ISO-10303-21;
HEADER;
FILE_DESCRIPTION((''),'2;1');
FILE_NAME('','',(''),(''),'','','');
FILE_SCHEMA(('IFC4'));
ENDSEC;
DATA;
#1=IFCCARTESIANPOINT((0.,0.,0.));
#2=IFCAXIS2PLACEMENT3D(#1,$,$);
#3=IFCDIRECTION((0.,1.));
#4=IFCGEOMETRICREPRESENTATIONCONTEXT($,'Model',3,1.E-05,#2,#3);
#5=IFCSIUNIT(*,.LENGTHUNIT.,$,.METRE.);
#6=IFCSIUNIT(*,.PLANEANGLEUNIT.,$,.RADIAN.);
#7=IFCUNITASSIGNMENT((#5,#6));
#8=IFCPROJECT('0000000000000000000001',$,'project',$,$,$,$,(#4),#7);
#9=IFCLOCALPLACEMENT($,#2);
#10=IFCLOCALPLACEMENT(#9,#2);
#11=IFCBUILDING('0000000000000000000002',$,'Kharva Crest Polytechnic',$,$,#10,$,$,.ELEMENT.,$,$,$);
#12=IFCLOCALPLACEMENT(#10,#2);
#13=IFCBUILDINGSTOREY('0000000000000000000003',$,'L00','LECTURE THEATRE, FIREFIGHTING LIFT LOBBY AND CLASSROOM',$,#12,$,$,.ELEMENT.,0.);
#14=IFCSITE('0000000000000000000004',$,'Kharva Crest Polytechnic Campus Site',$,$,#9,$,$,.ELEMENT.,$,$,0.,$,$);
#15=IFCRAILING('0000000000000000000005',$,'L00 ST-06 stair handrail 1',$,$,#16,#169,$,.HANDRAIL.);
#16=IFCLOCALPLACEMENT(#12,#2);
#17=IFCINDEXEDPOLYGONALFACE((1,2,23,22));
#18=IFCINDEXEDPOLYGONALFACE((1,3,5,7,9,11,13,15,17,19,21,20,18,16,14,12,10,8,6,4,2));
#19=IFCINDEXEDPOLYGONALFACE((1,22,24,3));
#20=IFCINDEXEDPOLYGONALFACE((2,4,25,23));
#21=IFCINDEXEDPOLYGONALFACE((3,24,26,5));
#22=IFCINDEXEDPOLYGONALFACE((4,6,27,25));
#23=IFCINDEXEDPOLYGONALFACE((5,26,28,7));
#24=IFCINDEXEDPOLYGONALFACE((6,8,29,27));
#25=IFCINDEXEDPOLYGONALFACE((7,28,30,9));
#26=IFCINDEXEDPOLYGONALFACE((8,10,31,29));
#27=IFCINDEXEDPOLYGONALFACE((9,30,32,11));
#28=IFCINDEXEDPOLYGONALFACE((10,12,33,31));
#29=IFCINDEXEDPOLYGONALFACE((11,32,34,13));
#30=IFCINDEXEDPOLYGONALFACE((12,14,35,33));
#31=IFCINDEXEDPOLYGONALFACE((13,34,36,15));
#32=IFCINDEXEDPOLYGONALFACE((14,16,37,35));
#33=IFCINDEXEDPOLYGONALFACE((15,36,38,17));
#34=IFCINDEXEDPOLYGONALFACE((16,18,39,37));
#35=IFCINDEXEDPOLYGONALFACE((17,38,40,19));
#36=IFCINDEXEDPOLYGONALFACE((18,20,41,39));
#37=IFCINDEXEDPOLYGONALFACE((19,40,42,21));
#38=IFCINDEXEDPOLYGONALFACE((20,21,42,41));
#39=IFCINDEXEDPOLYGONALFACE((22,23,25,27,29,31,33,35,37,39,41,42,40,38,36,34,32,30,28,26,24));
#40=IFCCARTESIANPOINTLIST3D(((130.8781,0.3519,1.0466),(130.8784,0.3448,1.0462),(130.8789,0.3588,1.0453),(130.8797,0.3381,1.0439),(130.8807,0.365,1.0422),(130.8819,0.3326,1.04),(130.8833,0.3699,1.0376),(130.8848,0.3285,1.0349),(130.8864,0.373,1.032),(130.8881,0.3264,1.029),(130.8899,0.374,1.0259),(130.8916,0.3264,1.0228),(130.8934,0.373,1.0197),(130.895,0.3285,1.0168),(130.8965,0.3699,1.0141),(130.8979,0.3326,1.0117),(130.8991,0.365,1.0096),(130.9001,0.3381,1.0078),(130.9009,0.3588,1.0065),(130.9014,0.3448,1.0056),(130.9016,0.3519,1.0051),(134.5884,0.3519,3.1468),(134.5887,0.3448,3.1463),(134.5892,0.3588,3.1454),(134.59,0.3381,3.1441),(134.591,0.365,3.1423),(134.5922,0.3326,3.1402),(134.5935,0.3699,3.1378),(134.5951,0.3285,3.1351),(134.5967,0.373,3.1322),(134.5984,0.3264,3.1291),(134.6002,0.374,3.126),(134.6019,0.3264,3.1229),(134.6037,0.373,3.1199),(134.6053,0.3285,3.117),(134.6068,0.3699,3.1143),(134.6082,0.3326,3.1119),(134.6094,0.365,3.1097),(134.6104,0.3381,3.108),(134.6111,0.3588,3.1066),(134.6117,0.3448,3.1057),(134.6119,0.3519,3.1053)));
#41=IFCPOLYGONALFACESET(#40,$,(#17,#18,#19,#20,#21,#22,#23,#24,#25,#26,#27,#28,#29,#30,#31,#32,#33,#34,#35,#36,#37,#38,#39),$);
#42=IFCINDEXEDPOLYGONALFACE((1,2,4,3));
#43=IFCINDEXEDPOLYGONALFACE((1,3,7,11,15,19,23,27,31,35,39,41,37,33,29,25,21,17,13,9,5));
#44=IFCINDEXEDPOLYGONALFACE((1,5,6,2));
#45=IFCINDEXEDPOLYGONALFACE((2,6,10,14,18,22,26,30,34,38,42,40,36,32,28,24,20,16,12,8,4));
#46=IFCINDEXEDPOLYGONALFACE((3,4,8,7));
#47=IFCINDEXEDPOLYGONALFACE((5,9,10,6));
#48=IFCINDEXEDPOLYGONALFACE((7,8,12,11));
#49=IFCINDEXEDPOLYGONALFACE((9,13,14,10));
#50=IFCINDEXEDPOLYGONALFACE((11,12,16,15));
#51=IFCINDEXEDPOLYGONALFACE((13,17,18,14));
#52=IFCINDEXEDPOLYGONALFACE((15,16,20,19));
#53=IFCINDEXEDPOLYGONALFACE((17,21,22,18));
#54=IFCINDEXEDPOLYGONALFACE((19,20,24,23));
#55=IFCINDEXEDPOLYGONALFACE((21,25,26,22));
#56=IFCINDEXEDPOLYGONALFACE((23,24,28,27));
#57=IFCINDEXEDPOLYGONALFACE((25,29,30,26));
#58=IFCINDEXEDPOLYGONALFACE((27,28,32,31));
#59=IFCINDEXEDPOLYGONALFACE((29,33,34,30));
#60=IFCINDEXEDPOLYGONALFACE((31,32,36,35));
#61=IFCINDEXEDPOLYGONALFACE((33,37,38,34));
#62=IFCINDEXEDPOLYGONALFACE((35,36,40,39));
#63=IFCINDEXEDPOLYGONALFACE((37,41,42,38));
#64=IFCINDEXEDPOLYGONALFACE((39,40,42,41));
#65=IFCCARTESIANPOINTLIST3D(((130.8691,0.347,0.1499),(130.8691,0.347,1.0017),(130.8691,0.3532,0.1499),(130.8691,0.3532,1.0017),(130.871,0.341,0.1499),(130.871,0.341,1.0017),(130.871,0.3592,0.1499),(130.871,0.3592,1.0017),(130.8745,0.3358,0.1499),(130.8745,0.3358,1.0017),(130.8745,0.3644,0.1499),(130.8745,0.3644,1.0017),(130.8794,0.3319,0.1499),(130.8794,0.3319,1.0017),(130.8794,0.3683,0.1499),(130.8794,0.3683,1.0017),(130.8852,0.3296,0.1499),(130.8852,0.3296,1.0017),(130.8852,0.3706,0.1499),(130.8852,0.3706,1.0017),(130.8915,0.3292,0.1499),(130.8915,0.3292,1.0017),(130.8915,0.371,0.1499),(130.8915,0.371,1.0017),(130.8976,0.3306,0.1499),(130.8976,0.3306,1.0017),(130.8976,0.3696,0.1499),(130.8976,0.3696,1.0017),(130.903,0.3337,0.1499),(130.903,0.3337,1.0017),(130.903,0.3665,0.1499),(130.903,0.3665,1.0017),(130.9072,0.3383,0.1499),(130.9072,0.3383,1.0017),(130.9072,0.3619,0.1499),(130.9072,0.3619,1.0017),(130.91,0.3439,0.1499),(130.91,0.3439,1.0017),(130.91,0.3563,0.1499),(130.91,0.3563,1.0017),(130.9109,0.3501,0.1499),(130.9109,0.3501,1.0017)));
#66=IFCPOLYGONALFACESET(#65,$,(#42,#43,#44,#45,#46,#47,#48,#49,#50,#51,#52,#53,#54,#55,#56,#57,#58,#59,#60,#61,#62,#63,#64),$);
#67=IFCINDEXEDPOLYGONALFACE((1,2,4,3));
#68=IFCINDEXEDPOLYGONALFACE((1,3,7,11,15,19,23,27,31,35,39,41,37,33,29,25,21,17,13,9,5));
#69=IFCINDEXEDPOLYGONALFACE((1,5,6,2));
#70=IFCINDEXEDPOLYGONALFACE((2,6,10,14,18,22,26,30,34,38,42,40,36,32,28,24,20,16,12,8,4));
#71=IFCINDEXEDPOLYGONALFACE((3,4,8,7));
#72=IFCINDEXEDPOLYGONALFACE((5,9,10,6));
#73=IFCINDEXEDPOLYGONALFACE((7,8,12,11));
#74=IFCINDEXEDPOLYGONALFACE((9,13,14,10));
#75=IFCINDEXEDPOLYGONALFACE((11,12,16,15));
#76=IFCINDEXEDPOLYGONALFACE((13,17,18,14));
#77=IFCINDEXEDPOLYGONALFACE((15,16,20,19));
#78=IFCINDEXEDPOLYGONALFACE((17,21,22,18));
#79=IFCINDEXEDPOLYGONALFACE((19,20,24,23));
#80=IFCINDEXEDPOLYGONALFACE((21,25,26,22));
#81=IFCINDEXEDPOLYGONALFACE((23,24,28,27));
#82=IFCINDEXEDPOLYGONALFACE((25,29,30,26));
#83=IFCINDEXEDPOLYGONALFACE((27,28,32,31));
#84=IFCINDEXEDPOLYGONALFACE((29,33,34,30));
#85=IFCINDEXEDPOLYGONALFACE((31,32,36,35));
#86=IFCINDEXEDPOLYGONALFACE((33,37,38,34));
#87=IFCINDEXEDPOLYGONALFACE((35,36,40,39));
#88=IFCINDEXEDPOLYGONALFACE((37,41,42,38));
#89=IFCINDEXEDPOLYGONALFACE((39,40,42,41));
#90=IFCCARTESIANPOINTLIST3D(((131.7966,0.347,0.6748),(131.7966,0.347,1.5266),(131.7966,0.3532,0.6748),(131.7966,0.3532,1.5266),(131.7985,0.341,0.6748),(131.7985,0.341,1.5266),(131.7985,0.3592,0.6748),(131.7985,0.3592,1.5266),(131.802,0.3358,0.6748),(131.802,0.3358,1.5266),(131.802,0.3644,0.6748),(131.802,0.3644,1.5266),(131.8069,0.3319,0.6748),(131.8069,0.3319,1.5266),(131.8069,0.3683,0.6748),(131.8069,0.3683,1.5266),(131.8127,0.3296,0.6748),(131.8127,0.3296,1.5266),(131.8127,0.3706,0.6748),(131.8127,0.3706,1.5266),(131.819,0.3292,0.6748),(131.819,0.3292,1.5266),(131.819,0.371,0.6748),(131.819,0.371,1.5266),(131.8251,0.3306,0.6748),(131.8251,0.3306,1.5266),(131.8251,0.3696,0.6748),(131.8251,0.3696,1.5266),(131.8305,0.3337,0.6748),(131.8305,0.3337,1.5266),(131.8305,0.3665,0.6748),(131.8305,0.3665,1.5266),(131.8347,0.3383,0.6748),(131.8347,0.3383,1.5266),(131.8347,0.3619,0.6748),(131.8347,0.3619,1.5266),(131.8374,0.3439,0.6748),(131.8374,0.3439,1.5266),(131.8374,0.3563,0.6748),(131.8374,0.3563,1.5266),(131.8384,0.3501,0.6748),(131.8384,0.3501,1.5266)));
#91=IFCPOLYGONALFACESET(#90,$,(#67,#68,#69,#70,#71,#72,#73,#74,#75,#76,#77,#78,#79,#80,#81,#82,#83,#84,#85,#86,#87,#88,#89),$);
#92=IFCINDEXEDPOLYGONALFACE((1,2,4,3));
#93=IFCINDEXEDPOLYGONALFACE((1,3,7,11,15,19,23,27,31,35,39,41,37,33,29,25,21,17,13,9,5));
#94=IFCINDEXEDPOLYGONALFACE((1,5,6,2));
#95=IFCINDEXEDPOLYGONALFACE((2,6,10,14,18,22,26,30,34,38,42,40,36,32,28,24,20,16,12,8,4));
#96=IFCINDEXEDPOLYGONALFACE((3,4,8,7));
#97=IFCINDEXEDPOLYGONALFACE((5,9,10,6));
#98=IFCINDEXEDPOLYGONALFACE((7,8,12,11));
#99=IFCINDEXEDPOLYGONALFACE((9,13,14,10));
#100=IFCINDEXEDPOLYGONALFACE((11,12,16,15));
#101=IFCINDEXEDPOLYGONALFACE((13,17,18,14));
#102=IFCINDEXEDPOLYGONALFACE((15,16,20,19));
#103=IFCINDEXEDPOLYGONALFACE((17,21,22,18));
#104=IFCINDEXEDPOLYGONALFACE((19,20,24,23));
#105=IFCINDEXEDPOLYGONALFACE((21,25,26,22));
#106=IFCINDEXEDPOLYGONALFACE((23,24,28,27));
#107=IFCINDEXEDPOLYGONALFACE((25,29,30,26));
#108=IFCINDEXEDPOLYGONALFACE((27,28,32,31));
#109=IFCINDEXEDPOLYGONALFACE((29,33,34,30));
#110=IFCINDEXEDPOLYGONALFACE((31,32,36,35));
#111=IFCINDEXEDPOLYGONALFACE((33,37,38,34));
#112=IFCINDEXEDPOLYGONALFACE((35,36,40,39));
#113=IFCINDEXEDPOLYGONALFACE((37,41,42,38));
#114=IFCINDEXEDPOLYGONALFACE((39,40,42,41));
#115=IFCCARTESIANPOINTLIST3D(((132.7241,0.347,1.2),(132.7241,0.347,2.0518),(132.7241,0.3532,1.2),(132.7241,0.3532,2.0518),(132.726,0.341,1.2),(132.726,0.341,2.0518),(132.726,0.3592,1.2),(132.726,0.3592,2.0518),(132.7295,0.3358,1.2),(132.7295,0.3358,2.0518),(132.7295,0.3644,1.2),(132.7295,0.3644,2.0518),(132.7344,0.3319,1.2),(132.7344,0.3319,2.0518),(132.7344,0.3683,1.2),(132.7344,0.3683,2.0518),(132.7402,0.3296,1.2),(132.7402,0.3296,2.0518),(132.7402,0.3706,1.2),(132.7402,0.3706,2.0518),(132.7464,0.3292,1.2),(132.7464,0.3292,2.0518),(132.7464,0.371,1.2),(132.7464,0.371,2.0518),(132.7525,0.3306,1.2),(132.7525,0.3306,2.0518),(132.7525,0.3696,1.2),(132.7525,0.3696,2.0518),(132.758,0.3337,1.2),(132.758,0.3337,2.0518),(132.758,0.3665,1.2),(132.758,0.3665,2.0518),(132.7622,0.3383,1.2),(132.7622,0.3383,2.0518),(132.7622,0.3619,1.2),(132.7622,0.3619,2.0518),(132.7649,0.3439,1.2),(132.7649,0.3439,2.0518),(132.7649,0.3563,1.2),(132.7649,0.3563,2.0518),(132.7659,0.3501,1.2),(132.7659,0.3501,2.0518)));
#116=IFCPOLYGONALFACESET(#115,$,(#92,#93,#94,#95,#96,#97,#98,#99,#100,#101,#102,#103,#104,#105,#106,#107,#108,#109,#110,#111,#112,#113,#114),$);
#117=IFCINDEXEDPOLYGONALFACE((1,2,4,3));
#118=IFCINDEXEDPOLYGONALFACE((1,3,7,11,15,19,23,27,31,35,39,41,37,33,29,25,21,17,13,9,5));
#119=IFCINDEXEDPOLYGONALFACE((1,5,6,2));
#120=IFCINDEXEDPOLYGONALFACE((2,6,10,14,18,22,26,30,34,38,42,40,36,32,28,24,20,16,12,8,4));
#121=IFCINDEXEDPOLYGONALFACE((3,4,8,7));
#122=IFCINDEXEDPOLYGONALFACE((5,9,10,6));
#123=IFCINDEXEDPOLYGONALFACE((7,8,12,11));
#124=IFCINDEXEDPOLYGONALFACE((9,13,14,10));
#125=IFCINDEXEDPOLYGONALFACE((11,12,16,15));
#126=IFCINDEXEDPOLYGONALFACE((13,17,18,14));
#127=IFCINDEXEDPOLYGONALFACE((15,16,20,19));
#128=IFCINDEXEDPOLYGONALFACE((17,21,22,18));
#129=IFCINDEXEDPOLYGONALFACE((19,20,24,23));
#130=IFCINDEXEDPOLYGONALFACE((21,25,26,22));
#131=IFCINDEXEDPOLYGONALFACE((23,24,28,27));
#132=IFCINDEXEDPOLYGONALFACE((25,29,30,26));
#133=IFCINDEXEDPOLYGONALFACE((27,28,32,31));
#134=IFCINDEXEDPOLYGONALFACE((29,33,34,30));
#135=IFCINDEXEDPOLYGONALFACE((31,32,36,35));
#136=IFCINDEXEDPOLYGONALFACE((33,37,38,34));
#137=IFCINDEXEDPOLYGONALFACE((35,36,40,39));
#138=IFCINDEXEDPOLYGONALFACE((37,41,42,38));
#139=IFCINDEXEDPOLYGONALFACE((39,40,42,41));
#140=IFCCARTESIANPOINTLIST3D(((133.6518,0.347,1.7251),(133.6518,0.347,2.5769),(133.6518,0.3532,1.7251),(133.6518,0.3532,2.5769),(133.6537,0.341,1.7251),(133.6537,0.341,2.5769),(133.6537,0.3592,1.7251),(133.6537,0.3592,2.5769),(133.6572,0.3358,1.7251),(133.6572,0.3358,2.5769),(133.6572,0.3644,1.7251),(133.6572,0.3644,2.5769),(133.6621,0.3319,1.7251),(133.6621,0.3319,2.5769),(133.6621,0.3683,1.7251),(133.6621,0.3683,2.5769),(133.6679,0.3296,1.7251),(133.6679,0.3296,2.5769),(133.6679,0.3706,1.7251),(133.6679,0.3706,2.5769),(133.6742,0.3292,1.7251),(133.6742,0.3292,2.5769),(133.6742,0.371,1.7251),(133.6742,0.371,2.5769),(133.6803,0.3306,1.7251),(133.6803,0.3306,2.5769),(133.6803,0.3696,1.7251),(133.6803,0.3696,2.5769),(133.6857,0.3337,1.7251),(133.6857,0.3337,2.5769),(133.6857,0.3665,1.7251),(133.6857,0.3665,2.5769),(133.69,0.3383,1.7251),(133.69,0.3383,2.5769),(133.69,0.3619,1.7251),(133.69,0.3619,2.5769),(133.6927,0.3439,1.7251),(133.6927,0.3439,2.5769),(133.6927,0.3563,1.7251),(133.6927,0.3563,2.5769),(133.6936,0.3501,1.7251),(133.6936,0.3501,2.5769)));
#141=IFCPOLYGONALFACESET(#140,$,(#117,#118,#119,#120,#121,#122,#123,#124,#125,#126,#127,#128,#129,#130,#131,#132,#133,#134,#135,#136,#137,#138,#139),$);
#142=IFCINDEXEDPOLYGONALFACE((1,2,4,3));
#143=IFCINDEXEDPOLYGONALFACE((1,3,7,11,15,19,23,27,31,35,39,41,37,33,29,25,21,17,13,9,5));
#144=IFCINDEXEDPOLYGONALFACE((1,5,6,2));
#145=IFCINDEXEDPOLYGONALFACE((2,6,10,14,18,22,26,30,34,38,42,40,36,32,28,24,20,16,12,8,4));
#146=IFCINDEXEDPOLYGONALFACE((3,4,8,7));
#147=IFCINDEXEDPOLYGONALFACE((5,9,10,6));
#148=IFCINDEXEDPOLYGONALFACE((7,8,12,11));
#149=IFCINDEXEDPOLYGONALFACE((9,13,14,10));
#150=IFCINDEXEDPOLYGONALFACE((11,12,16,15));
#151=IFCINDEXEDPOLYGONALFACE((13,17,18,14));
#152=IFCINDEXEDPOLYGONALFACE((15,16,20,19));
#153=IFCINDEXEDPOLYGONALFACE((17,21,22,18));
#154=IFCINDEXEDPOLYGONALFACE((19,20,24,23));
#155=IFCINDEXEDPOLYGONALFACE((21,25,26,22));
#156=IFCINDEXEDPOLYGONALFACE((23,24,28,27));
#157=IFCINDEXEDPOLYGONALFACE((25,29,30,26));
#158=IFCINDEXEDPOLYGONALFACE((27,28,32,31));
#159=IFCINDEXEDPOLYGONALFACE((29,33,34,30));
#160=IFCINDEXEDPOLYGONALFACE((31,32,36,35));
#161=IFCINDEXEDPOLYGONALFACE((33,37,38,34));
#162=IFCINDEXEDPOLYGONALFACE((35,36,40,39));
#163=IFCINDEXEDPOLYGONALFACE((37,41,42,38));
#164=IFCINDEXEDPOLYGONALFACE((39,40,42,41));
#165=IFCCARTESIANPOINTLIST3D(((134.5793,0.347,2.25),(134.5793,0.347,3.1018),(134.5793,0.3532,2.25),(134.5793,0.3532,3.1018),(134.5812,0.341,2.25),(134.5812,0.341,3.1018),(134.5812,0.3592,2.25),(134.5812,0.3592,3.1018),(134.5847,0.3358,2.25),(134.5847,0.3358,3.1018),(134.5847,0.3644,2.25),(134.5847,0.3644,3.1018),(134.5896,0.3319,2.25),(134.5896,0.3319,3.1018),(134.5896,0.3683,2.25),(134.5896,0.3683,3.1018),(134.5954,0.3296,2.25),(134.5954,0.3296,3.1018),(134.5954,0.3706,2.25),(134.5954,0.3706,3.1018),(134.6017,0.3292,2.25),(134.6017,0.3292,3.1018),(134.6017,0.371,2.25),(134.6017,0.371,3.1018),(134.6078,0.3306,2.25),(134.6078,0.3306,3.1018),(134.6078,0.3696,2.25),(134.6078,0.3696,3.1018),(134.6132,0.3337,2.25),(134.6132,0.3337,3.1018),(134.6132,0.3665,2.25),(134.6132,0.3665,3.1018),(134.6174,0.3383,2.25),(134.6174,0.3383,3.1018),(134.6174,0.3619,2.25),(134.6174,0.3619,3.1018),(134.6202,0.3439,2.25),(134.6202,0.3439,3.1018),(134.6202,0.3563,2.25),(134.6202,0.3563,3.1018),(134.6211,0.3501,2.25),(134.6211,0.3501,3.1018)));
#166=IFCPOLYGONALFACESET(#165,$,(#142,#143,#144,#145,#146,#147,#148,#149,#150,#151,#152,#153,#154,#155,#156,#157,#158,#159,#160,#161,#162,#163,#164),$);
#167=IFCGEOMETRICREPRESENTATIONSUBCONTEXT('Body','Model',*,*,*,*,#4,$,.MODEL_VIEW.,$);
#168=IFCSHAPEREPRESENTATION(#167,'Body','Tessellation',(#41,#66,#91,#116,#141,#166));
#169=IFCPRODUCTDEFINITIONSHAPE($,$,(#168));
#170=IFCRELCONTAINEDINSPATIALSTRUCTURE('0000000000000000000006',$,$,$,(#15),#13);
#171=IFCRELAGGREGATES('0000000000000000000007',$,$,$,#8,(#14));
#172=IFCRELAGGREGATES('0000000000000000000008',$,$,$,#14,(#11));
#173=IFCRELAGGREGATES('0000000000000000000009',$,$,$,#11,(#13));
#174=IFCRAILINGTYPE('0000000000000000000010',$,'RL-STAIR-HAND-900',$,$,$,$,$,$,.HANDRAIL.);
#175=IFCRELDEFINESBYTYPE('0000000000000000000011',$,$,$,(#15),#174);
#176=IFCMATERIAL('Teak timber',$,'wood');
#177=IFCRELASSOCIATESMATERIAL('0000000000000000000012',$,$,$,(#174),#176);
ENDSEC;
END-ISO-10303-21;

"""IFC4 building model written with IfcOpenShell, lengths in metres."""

from ifc_helpers import new_model, si_unit, direction, frame, origin, origin_2d, place, context, subcontext, project, spatial, circle, extrude, material, type_object, element, save


model = new_model("IFC4")

# Units and contexts
model_context = context("Model", 3, precision=1e-05, world=origin(), true_north=direction((0.0, 1.0)))
body_context = subcontext(model_context, "Body", "Model", "MODEL_VIEW")
ifc_project = project(units=[si_unit("LENGTHUNIT", "METRE"), si_unit("PLANEANGLEUNIT", "RADIAN")], contexts=[model_context])

# Site, building, storey
site_placement = place(None, origin())
site = spatial("IfcSite", under=ifc_project, at=site_placement, Name="Kharva Crest Polytechnic Campus Site", CompositionType="ELEMENT", RefElevation=0.0)
building_placement = place(site_placement, origin())
building = spatial("IfcBuilding", under=site, at=building_placement, Name="Kharva Crest Polytechnic", CompositionType="ELEMENT")
storey_placement = place(building_placement, origin())
storey = spatial("IfcBuildingStorey", under=building, at=storey_placement, Name="L00", Description="LECTURE THEATRE, FIREFIGHTING LIFT LOBBY AND CLASSROOM", CompositionType="ELEMENT", Elevation=0.0)

# Shared definitions
ifc_material_1 = material(Name="Teak timber", Category="wood")

# Railing
railing_type_1 = type_object("IfcRailingType", Name="RL-STAIR-HAND-900", PredefinedType="HANDRAIL", material=ifc_material_1)
railing_1_placement = place(storey_placement, frame((130.8899, 0.3501, 0.1499)))
element("IfcRailing", 1, at=railing_1_placement, inside=storey, type_object=railing_type_1, Name="L00 ST-06 stair handrail 1", PredefinedType="HANDRAIL", context=body_context, shape_type="SweptSolid", body=[
    extrude(circle(Radius=0.0239, at=origin_2d()), frame((0.0, 0.0, 0.876), z_axis=(0.870259, 0.0, 0.492595), x_axis=(0.0, 1.0, 0.0)), (0.0, 0.0, 1.0), 4.2634),
    extrude(circle(Radius=0.021, at=origin_2d()), origin(), (0.0, 0.0, 1.0), 0.8518),
    extrude(circle(Radius=0.021, at=origin_2d()), frame((0.9275, 0.0, 0.5249)), (0.0, 0.0, 1.0), 0.8518),
    extrude(circle(Radius=0.021, at=origin_2d()), frame((1.855, 0.0, 1.05)), (0.0, 0.0, 1.0), 0.8518),
    extrude(circle(Radius=0.021, at=origin_2d()), frame((2.7827, 0.0, 1.5752)), (0.0, 0.0, 1.0), 0.8518),
    extrude(circle(Radius=0.021, at=origin_2d()), frame((3.7102, 0.0, 2.1001)), (0.0, 0.0, 1.0), 0.8518),
])

save(model, "model.ifc")
